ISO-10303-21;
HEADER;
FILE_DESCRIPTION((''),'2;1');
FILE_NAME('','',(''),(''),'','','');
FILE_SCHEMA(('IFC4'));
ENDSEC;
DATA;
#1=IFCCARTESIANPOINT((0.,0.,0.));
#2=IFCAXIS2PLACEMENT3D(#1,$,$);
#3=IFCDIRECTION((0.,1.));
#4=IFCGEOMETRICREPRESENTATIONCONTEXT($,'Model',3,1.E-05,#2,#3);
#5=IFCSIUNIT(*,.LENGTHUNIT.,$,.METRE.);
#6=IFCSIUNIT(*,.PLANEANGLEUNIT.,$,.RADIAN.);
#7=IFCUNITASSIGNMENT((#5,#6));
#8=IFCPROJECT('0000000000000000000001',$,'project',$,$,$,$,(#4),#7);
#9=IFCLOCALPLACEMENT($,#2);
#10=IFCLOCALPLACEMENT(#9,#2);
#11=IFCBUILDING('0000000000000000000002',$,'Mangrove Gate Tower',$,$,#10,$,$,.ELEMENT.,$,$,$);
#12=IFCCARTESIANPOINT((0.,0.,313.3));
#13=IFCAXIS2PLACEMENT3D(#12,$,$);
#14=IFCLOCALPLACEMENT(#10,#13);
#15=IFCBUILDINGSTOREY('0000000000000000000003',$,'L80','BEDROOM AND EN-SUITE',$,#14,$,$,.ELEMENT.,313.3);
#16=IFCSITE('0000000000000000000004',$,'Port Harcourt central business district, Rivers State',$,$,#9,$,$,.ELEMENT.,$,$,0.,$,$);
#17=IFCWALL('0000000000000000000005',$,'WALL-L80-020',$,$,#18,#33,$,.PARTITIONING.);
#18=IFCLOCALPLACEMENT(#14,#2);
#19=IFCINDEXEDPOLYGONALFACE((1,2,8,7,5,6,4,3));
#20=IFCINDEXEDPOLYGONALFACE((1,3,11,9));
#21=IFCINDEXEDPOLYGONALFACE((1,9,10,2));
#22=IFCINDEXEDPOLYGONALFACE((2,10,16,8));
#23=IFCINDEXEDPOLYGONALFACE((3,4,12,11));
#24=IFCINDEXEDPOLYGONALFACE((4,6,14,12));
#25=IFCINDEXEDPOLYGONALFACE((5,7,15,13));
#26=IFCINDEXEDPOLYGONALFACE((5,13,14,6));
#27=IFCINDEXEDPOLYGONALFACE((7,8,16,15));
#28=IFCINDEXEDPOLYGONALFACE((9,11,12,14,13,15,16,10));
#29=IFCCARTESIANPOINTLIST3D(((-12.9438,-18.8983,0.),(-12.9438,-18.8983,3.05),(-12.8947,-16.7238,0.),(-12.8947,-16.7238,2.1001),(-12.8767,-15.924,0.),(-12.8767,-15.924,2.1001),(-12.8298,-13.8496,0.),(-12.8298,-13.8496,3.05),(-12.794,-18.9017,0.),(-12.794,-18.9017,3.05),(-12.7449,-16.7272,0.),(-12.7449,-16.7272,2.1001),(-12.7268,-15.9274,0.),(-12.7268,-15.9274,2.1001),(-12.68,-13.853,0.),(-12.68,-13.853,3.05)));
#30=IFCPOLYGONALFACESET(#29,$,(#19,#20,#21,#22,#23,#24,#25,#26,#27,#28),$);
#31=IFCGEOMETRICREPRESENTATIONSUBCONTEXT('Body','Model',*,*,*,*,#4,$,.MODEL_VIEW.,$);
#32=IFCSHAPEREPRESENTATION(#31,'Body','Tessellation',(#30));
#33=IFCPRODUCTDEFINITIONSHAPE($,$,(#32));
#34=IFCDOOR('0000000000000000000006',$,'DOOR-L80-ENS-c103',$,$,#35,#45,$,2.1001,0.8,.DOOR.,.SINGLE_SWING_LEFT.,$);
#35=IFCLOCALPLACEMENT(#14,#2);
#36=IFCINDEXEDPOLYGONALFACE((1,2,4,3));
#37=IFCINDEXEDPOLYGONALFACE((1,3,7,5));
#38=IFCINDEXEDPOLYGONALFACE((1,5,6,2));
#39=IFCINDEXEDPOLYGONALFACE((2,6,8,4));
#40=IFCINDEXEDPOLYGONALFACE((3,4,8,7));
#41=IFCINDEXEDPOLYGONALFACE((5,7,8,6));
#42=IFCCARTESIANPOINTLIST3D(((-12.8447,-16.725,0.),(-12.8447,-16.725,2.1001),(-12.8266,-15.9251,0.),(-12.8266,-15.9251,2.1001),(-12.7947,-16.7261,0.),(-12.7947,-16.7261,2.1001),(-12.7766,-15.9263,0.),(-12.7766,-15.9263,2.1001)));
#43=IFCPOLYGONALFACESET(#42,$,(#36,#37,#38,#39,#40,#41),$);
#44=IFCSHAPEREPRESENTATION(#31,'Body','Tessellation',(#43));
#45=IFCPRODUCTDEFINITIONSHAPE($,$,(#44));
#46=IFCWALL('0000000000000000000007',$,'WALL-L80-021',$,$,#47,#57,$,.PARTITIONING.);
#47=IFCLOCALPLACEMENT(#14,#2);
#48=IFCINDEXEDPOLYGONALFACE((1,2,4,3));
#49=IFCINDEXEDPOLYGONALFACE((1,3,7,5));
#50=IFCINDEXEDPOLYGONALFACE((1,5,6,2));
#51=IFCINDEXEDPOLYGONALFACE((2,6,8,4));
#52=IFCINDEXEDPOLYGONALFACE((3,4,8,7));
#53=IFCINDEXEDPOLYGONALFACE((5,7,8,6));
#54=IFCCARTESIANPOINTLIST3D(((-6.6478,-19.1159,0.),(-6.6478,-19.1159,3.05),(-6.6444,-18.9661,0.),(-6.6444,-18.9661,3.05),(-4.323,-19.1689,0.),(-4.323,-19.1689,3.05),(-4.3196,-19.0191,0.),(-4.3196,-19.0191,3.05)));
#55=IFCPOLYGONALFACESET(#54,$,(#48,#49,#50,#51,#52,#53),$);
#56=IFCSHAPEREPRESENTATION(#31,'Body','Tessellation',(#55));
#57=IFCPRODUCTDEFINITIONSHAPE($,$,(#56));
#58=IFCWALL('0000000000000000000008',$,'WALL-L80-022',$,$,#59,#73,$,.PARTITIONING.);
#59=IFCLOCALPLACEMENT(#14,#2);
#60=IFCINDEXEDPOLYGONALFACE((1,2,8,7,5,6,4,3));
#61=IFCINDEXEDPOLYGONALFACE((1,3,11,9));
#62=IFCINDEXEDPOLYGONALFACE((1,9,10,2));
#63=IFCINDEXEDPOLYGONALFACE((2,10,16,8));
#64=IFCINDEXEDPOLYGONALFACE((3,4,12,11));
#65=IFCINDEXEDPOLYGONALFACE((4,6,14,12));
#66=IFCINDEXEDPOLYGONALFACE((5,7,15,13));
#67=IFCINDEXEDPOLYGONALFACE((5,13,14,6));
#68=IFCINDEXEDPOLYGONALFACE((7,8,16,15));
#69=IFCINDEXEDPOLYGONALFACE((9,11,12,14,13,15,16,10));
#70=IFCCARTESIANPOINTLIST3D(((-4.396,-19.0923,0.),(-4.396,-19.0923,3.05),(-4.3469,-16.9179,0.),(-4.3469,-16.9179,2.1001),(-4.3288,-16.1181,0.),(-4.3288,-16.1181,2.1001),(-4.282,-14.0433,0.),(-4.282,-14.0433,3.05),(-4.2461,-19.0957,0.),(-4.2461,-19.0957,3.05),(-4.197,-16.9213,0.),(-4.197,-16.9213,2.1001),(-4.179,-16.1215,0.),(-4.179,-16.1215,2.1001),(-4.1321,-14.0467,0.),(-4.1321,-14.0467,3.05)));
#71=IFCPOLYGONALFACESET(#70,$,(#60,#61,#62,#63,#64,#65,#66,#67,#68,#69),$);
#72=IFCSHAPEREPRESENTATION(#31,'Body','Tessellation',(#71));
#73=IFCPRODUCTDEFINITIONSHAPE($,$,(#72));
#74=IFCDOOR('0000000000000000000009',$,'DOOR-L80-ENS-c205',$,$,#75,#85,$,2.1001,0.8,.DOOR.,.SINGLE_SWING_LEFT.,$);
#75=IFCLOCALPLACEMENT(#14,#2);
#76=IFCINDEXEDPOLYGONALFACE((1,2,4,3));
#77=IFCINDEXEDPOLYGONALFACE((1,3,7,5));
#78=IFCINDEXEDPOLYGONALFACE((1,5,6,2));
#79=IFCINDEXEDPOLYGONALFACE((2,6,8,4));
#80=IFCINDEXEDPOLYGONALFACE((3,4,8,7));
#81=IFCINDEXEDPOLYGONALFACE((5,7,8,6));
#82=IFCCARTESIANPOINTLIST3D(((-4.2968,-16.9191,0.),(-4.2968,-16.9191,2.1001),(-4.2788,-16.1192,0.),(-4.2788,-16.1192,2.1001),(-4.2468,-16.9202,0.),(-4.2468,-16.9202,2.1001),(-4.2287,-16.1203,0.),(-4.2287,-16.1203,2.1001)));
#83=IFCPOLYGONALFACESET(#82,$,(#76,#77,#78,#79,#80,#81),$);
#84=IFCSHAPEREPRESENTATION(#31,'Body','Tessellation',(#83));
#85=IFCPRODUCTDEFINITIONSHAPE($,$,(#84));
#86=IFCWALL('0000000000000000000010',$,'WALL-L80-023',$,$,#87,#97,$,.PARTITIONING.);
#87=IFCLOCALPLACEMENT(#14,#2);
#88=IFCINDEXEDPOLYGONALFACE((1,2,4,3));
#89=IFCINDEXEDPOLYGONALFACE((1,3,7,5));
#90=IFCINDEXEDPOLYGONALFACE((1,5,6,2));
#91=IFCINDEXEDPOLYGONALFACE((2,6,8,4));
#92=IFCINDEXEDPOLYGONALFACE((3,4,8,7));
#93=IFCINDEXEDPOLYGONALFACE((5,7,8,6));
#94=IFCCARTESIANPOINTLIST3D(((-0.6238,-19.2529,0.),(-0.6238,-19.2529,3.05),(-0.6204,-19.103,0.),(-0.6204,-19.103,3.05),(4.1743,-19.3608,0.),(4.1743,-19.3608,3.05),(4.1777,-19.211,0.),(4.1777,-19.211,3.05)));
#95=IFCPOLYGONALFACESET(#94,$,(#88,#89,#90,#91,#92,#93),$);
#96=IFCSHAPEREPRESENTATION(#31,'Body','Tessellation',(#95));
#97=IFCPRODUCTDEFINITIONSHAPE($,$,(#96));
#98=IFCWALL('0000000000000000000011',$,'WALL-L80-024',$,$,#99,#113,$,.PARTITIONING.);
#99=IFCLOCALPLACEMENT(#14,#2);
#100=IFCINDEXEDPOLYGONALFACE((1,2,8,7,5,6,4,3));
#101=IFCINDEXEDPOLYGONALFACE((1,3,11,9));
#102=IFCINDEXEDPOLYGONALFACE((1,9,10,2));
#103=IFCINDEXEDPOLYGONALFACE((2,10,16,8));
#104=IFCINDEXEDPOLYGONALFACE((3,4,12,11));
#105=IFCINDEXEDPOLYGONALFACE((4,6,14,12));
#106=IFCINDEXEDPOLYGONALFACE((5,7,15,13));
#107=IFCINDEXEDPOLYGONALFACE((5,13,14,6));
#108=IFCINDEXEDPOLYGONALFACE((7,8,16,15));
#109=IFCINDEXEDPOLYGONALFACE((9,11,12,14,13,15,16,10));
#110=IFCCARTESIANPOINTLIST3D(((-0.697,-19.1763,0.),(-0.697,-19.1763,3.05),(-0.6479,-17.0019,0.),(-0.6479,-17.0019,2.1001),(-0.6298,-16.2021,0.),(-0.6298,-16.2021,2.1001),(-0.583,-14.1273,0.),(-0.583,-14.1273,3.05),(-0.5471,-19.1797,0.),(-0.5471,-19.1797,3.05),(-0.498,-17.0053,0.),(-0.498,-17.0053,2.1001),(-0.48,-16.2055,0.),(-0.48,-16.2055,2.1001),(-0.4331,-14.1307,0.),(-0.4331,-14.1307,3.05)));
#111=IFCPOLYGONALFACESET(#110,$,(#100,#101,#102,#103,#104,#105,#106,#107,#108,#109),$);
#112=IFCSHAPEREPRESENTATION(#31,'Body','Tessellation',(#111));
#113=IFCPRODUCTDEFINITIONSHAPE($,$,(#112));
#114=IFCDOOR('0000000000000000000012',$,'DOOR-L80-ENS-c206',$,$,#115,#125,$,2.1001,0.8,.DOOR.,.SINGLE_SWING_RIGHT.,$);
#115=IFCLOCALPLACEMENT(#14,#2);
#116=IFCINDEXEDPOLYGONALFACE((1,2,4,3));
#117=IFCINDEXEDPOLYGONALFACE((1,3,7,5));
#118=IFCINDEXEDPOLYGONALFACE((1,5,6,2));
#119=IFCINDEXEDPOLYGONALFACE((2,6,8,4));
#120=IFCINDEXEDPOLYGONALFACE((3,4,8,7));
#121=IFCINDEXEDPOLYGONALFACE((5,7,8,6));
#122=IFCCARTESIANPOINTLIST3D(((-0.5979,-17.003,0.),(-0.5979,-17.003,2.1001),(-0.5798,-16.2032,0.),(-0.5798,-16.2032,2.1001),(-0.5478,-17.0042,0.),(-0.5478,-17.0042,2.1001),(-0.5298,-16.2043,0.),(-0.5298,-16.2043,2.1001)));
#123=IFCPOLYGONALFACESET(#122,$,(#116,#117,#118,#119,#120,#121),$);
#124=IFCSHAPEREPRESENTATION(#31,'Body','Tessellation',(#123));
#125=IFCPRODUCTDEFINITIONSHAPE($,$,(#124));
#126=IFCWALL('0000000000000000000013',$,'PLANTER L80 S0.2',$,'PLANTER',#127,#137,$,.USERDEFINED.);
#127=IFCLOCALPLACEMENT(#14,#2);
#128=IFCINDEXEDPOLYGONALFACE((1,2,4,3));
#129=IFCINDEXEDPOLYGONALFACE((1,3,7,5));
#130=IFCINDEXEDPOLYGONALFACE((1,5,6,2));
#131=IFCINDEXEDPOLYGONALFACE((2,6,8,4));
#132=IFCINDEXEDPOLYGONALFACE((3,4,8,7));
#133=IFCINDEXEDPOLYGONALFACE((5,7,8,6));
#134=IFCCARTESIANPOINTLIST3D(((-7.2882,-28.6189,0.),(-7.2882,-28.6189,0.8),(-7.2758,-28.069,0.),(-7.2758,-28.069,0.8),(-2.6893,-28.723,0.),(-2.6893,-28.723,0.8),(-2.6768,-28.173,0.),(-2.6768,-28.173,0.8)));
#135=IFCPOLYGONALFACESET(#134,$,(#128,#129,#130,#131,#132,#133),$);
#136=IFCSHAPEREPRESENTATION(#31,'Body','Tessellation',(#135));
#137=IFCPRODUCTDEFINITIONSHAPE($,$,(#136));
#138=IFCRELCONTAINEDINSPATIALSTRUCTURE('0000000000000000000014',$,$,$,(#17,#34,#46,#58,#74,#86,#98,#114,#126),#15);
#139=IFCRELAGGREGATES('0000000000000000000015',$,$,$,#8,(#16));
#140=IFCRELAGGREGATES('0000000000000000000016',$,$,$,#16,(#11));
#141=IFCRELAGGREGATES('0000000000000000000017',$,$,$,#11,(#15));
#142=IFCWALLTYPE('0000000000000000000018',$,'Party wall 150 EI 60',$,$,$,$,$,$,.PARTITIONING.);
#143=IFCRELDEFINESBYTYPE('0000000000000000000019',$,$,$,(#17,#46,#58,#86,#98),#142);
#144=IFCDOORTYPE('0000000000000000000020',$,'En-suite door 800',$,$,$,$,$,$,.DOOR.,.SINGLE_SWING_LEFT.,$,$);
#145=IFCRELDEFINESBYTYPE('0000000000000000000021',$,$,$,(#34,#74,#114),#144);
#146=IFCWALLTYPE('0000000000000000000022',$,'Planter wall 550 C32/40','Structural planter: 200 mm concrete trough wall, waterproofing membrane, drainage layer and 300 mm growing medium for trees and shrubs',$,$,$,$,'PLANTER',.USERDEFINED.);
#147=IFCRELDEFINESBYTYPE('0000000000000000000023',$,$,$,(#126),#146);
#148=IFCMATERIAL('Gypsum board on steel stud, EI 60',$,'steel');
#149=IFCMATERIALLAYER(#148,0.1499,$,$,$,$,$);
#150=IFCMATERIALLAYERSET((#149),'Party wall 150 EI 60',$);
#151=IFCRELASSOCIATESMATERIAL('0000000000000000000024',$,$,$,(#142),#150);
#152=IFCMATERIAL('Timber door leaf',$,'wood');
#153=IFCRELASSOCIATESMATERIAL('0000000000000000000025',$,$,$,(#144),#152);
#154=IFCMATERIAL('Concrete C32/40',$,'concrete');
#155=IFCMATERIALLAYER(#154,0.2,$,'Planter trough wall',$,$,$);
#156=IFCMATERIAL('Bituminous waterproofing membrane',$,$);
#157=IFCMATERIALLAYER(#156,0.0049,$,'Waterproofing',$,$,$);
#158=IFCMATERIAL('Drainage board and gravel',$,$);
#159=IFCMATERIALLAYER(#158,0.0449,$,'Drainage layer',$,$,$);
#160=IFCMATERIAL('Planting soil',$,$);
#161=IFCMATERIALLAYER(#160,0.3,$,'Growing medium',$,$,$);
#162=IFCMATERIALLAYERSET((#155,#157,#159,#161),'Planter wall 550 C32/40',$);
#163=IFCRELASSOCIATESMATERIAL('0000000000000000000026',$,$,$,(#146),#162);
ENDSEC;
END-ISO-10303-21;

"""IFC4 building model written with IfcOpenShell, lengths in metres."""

from ifc_helpers import new_model, si_unit, direction, frame, frame_2d, origin, place, context, subcontext, project, spatial, rectangle, extrude, material, layer, layer_set, type_object, element, fill, save


model = new_model("IFC4")

# Units and contexts
model_context = context("Model", 3, precision=1e-05, world=origin(), true_north=direction((0.0, 1.0)))
body_context = subcontext(model_context, "Body", "Model", "MODEL_VIEW")
ifc_project = project(units=[si_unit("LENGTHUNIT", "METRE"), si_unit("PLANEANGLEUNIT", "RADIAN")], contexts=[model_context])

# Site, building, storey
site_placement = place(None, origin())
site = spatial("IfcSite", under=ifc_project, at=site_placement, Name="Port Harcourt central business district, Rivers State", CompositionType="ELEMENT", RefElevation=0.0)
building_placement = place(site_placement, origin())
building = spatial("IfcBuilding", under=site, at=building_placement, Name="Mangrove Gate Tower", CompositionType="ELEMENT")
storey_placement = place(building_placement, frame((0.0, 0.0, 313.3)))
storey = spatial("IfcBuildingStorey", under=building, at=storey_placement, Name="L80", Description="BEDROOM AND EN-SUITE", CompositionType="ELEMENT", Elevation=313.3)

# Shared definitions
ifc_material_1 = material(Name="Gypsum board on steel stud, EI 60", Category="steel")
ifc_layer_1 = layer(ifc_material_1, 0.1499)
ifc_layer_set_1 = layer_set([ifc_layer_1], Name="Party wall 150 EI 60")
wall_type_1 = type_object("IfcWallType", Name="Party wall 150 EI 60", PredefinedType="PARTITIONING", material=ifc_layer_set_1)

# Shared definitions
ifc_material_2 = material(Name="Timber door leaf", Category="wood")
door_type = type_object("IfcDoorType", Name="En-suite door 800", OperationType="SINGLE_SWING_LEFT", PredefinedType="DOOR", material=ifc_material_2)

# Wall, opening, door
wall_1_placement = place(storey_placement, frame((-12.8689, -18.8999, 0.0), z_axis=(0.0, 0.0, 1.0), x_axis=(0.022576, 0.999745, 0.0)))
wall_1 = element("IfcWall", 1, at=wall_1_placement, inside=storey, type_object=wall_type_1, Name="WALL-L80-020", PredefinedType="PARTITIONING", context=body_context, shape_type="SweptSolid", body=[
    extrude(rectangle(XDim=5.05, YDim=0.1499, at=frame_2d((2.5249, 0.0))), origin(), (0.0, 0.0, 1.0), 3.05),
])
opening_1_placement = place(wall_1_placement, frame((2.175, 0.0, 0.0)))
opening_1 = element("IfcOpeningElement", 2, at=opening_1_placement, cuts=wall_1, PredefinedType="OPENING", context=body_context, shape_type="SweptSolid", body=[
    extrude(rectangle(XDim=0.8, YDim=2.1001, at=frame_2d((0.3999, 1.05))), frame((0.0, 0.085, 0.0), z_axis=(0.0, -1.0, 0.0), x_axis=(1.0, 0.0, 0.0)), (0.0, 0.0, 1.0), 0.1699),
])
door_1_placement = place(opening_1_placement, origin())
door_1 = element("IfcDoor", 3, at=door_1_placement, inside=storey, type_object=door_type, Name="DOOR-L80-ENS-c103", OperationType="SINGLE_SWING_LEFT", OverallHeight=2.1001, OverallWidth=0.8, PredefinedType="DOOR", context=body_context, shape_type="SweptSolid", body=[
    extrude(rectangle(XDim=0.8, YDim=2.1001, at=frame_2d((0.3999, 1.05))), frame((0.0, 0.0249, 0.0), z_axis=(0.0, -1.0, 0.0), x_axis=(1.0, 0.0, 0.0)), (0.0, 0.0, 1.0), 0.05),
])
fill(opening_1, door_1)

# Wall
wall_2_placement = place(storey_placement, frame((-6.646, -19.041, 0.0), z_axis=(0.0, 0.0, 1.0), x_axis=(0.99974, -0.022781, 0.0)))
element("IfcWall", 4, at=wall_2_placement, inside=storey, type_object=wall_type_1, Name="WALL-L80-021", PredefinedType="PARTITIONING", context=body_context, shape_type="SweptSolid", body=[
    extrude(rectangle(XDim=2.3254, YDim=0.1499, at=frame_2d((1.1626, 0.0))), origin(), (0.0, 0.0, 1.0), 3.05),
])

# Wall, opening, door
wall_3_placement = place(storey_placement, frame((-4.321, -19.094, 0.0), z_axis=(0.0, 0.0, 1.0), x_axis=(0.022575, 0.999745, 0.0)))
wall_3 = element("IfcWall", 5, at=wall_3_placement, inside=storey, type_object=wall_type_1, Name="WALL-L80-022", PredefinedType="PARTITIONING", context=body_context, shape_type="SweptSolid", body=[
    extrude(rectangle(XDim=5.0503, YDim=0.1499, at=frame_2d((2.5251, 0.0))), origin(), (0.0, 0.0, 1.0), 3.05),
])
opening_2_placement = place(wall_3_placement, frame((2.175, 0.0, 0.0)))
opening_2 = element("IfcOpeningElement", 6, at=opening_2_placement, cuts=wall_3, PredefinedType="OPENING", context=body_context, shape_type="SweptSolid", body=[
    extrude(rectangle(XDim=0.8, YDim=2.1001, at=frame_2d((0.3999, 1.05))), frame((0.0, 0.085, 0.0), z_axis=(0.0, -1.0, 0.0), x_axis=(1.0, 0.0, 0.0)), (0.0, 0.0, 1.0), 0.1699),
])
door_2_placement = place(opening_2_placement, origin())
door_2 = element("IfcDoor", 7, at=door_2_placement, inside=storey, type_object=door_type, Name="DOOR-L80-ENS-c205", OperationType="SINGLE_SWING_LEFT", OverallHeight=2.1001, OverallWidth=0.8, PredefinedType="DOOR", context=body_context, shape_type="SweptSolid", body=[
    extrude(rectangle(XDim=0.8, YDim=2.1001, at=frame_2d((0.3999, 1.05))), frame((0.0, 0.0249, 0.0), z_axis=(0.0, -1.0, 0.0), x_axis=(1.0, 0.0, 0.0)), (0.0, 0.0, 1.0), 0.05),
])
fill(opening_2, door_2)

# Wall
wall_4_placement = place(storey_placement, frame((-0.6221, -19.178, 0.0), z_axis=(0.0, 0.0, 1.0), x_axis=(0.999747, -0.022485, 0.0)))
element("IfcWall", 8, at=wall_4_placement, inside=storey, type_object=wall_type_1, Name="WALL-L80-023", PredefinedType="PARTITIONING", context=body_context, shape_type="SweptSolid", body=[
    extrude(rectangle(XDim=4.7993, YDim=0.1499, at=frame_2d((2.3997, 0.0))), origin(), (0.0, 0.0, 1.0), 3.05),
])

# Wall, opening, door
wall_5_placement = place(storey_placement, frame((-0.6221, -19.178, 0.0), z_axis=(0.0, 0.0, 1.0), x_axis=(0.022575, 0.999745, 0.0)))
wall_5 = element("IfcWall", 9, at=wall_5_placement, inside=storey, type_object=wall_type_1, Name="WALL-L80-024", PredefinedType="PARTITIONING", context=body_context, shape_type="SweptSolid", body=[
    extrude(rectangle(XDim=5.0503, YDim=0.1499, at=frame_2d((2.5251, 0.0))), origin(), (0.0, 0.0, 1.0), 3.05),
])
opening_3_placement = place(wall_5_placement, frame((2.175, 0.0, 0.0)))
opening_3 = element("IfcOpeningElement", 10, at=opening_3_placement, cuts=wall_5, PredefinedType="OPENING", context=body_context, shape_type="SweptSolid", body=[
    extrude(rectangle(XDim=0.8, YDim=2.1001, at=frame_2d((0.3999, 1.05))), frame((0.0, 0.085, 0.0), z_axis=(0.0, -1.0, 0.0), x_axis=(1.0, 0.0, 0.0)), (0.0, 0.0, 1.0), 0.1699),
])
door_3_placement = place(opening_3_placement, origin())
door_3 = element("IfcDoor", 11, at=door_3_placement, inside=storey, type_object=door_type, Name="DOOR-L80-ENS-c206", OperationType="SINGLE_SWING_RIGHT", OverallHeight=2.1001, OverallWidth=0.8, PredefinedType="DOOR", context=body_context, shape_type="SweptSolid", body=[
    extrude(rectangle(XDim=0.8, YDim=2.1001, at=frame_2d((0.3999, 1.05))), frame((0.0, 0.0249, 0.0), z_axis=(0.0, -1.0, 0.0), x_axis=(1.0, 0.0, 0.0)), (0.0, 0.0, 1.0), 0.05),
])
fill(opening_3, door_3)

# Wall
ifc_material_3 = material(Name="Concrete C32/40", Category="concrete")
ifc_layer_2 = layer(ifc_material_3, 0.2, Name="Planter trough wall")
ifc_material_4 = material(Name="Bituminous waterproofing membrane")
ifc_layer_3 = layer(ifc_material_4, 0.0049, Name="Waterproofing")
ifc_material_5 = material(Name="Drainage board and gravel")
ifc_layer_4 = layer(ifc_material_5, 0.0449, Name="Drainage layer")
ifc_material_6 = material(Name="Planting soil")
ifc_layer_5 = layer(ifc_material_6, 0.3, Name="Growing medium")
ifc_layer_set_2 = layer_set([ifc_layer_2, ifc_layer_3, ifc_layer_4, ifc_layer_5], Name="Planter wall 550 C32/40")
wall_type_2 = type_object("IfcWallType", Name="Planter wall 550 C32/40", Description="Structural planter: 200 mm concrete trough wall, waterproofing membrane, drainage layer and 300 mm growing medium for trees and shrubs", ElementType="PLANTER", PredefinedType="USERDEFINED", material=ifc_layer_set_2)
wall_6_placement = place(storey_placement, frame((-7.282, -28.344, 0.0), z_axis=(0.0, 0.0, 1.0), x_axis=(0.999744, -0.022609, 0.0)))
element("IfcWall", 12, at=wall_6_placement, inside=storey, type_object=wall_type_2, Name="PLANTER L80 S0.2", ObjectType="PLANTER", PredefinedType="USERDEFINED", context=body_context, shape_type="SweptSolid", body=[
    extrude(rectangle(XDim=4.6001, YDim=0.55, at=frame_2d((2.3, 0.0))), origin(), (0.0, 0.0, 1.0), 0.8),
])

save(model, "model.ifc")
